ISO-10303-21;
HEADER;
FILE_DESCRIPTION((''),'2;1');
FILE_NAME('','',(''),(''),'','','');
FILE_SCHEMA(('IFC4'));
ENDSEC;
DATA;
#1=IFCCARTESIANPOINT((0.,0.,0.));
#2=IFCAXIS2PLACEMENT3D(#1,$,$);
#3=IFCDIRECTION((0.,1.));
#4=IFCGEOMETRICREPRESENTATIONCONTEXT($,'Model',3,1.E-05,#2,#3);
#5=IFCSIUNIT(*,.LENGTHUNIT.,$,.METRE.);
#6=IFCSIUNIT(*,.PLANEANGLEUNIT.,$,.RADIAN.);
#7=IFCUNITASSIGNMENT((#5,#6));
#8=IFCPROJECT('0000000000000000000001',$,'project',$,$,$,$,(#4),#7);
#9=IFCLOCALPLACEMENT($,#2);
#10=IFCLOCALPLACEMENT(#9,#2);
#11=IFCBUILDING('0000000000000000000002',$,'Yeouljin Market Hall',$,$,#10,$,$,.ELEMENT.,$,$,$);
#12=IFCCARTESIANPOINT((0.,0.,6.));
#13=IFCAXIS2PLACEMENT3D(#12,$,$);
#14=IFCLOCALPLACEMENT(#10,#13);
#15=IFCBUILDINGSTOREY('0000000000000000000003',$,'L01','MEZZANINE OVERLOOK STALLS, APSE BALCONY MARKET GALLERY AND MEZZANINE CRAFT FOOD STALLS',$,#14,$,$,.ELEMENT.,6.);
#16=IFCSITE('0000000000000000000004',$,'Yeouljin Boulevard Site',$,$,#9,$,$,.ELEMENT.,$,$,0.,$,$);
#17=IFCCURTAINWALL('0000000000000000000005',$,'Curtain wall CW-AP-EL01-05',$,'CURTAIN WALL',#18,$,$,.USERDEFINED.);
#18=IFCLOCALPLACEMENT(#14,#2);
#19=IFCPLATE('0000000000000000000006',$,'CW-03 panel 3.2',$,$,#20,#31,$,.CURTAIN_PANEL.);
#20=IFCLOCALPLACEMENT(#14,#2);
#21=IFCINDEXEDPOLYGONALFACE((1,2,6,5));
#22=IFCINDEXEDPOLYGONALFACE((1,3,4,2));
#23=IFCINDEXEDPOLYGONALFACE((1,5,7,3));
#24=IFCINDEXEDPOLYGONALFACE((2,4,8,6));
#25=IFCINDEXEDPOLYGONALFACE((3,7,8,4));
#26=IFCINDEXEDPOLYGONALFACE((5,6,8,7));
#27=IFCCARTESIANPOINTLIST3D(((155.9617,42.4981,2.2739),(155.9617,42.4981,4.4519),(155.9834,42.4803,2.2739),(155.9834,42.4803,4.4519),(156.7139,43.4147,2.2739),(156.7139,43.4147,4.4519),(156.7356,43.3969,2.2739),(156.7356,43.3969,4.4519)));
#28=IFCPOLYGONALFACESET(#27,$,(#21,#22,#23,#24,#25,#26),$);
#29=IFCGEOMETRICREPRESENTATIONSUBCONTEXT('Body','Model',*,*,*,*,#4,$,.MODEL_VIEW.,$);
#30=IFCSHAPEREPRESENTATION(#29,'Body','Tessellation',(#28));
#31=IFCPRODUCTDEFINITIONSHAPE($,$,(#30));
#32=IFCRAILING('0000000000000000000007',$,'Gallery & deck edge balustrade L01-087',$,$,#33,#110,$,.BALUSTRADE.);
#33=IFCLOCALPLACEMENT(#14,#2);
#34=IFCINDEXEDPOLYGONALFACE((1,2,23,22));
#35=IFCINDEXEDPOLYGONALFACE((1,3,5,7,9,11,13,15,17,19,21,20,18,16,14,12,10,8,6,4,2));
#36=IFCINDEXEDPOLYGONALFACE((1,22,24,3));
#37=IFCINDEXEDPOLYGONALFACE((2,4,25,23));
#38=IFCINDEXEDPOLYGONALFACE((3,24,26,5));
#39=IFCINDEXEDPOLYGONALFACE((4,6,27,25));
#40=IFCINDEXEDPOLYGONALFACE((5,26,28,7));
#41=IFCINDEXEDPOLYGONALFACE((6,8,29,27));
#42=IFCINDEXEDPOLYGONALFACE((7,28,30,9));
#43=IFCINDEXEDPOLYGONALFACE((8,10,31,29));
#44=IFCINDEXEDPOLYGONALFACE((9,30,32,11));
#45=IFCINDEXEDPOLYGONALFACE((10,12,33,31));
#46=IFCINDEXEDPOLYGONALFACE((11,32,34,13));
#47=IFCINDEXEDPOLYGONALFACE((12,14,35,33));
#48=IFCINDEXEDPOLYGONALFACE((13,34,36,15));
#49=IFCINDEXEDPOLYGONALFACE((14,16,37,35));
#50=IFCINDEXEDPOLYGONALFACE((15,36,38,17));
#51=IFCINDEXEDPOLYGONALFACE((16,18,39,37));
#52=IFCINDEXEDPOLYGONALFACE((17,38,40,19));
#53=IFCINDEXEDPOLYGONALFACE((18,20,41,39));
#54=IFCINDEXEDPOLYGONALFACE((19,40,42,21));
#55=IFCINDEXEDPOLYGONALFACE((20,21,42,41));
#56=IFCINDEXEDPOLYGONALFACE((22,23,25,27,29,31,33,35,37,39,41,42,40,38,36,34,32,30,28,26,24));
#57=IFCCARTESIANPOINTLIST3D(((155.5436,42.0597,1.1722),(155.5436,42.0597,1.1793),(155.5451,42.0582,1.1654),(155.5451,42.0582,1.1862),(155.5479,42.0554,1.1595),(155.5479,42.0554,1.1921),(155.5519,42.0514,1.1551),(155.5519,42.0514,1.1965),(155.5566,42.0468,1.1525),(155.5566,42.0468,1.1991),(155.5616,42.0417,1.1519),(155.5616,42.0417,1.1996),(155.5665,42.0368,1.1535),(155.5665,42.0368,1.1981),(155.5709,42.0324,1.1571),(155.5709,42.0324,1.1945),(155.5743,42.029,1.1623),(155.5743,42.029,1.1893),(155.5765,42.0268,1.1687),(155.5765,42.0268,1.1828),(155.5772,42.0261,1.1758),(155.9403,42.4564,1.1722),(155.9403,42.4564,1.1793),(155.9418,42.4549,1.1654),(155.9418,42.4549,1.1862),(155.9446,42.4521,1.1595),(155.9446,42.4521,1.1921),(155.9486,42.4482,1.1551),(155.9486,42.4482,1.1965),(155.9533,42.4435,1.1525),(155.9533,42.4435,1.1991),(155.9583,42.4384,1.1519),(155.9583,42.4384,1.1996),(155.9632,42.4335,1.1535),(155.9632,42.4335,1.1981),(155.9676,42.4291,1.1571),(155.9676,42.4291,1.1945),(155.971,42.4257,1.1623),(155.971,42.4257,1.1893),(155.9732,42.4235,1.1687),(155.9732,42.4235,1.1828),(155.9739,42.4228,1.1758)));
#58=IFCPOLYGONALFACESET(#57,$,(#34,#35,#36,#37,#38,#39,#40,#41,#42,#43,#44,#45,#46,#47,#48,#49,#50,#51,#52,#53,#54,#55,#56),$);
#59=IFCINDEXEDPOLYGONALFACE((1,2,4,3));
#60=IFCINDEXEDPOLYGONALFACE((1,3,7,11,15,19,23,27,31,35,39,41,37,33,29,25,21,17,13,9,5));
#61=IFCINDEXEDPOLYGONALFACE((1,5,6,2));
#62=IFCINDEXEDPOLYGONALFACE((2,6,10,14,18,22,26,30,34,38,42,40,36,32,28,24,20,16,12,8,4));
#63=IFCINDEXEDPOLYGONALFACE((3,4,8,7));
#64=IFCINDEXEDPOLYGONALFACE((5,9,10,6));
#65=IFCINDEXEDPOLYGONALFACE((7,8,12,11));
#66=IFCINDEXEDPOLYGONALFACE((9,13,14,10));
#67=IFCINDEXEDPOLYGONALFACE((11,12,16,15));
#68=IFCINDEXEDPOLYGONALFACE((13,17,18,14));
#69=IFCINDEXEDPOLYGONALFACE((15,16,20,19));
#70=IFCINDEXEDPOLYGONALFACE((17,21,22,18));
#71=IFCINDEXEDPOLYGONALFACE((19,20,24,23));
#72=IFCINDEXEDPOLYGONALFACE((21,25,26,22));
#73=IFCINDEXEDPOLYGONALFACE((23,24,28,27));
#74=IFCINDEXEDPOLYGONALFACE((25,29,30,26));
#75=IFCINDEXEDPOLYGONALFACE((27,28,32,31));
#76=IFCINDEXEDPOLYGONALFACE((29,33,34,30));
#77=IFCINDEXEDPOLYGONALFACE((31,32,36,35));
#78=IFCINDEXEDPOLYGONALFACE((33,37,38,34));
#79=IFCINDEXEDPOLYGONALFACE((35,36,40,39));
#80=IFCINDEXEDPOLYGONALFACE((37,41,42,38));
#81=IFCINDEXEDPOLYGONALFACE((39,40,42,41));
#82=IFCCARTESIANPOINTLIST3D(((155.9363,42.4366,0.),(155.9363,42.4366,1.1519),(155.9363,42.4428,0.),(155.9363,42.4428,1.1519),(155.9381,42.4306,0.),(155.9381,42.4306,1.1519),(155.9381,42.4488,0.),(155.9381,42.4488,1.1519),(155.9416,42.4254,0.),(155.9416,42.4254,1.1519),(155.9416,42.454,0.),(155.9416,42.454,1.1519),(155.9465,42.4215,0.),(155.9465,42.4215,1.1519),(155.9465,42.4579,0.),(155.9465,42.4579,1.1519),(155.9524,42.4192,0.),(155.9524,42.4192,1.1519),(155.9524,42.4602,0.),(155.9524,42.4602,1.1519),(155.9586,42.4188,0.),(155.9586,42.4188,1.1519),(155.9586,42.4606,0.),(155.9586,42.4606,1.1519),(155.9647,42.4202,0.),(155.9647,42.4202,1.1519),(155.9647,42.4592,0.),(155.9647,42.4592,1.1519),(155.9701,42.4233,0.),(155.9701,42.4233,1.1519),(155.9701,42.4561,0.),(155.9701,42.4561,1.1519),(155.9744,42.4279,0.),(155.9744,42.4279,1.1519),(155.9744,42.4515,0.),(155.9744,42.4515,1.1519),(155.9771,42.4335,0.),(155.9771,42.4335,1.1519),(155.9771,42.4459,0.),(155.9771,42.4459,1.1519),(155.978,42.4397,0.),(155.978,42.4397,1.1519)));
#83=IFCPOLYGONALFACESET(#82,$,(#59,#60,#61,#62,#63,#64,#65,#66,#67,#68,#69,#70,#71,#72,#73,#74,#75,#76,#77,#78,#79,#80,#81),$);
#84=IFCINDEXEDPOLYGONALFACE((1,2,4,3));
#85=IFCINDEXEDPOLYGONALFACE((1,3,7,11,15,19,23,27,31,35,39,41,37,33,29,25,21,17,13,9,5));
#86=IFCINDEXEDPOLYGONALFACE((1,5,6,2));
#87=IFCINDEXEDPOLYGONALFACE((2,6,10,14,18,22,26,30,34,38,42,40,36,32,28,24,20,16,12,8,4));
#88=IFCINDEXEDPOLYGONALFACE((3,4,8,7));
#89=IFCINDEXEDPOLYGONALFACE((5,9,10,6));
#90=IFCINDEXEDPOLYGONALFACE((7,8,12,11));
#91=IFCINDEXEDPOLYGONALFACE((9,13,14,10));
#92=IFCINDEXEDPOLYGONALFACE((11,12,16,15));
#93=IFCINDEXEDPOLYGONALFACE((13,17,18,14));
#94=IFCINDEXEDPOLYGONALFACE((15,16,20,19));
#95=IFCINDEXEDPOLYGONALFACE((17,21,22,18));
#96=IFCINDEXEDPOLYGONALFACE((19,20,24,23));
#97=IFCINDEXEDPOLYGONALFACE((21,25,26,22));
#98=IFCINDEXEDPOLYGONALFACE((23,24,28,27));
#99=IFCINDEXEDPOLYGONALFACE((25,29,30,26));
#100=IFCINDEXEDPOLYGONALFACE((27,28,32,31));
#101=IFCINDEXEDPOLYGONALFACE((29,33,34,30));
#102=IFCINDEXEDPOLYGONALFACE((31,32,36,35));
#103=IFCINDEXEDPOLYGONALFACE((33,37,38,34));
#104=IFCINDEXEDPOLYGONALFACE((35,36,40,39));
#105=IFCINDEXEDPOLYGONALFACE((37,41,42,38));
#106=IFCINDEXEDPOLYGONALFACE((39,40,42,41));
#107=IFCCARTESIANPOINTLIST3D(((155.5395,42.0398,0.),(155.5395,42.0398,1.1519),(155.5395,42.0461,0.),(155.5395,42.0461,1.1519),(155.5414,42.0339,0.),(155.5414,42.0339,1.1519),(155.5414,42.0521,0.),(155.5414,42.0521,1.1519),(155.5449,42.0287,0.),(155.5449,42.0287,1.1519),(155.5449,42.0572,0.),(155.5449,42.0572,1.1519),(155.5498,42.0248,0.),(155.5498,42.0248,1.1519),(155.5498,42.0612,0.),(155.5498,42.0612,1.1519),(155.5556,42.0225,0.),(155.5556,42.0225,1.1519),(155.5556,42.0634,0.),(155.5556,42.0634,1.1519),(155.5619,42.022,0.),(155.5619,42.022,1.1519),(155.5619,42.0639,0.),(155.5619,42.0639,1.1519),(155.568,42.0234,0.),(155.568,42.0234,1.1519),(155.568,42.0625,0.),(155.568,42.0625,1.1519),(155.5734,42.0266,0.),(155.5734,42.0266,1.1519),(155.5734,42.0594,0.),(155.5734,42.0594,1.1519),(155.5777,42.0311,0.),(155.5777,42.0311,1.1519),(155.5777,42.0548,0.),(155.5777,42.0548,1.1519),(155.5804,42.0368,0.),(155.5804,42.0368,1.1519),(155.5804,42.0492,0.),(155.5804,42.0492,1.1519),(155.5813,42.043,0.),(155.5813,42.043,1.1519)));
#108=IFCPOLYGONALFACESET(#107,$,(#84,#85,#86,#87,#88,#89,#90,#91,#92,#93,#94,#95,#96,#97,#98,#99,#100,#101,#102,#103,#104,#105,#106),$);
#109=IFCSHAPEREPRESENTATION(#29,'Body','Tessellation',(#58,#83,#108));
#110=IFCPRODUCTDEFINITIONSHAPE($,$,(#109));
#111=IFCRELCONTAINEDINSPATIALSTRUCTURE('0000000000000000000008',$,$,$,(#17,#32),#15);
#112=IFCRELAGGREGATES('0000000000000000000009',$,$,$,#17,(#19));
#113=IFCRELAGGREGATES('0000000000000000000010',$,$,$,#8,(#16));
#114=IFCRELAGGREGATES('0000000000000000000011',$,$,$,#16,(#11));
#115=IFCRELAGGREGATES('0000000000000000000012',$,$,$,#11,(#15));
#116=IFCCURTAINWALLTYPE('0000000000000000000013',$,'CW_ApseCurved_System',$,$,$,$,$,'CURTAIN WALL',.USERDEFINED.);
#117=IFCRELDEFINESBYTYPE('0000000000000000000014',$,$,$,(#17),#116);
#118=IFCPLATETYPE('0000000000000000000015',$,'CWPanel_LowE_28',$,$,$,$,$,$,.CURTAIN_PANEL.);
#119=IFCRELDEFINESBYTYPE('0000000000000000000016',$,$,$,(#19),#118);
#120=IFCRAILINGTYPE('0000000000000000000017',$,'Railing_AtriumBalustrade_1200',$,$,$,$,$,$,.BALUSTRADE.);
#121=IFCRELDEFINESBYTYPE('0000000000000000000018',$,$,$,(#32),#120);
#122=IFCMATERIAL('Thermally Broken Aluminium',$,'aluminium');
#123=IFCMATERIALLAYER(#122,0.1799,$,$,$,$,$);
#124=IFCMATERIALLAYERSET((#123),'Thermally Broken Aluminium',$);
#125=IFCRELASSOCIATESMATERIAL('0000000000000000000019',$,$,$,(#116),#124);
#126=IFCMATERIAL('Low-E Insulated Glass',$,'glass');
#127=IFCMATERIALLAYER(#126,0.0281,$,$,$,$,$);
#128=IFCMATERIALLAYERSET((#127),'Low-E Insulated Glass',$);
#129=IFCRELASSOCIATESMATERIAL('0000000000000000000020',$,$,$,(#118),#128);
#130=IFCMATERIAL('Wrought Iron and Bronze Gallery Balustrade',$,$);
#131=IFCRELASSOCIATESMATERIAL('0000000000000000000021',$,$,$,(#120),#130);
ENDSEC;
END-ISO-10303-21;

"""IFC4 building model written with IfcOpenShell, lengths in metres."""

from ifc_helpers import new_model, si_unit, direction, frame, origin, origin_2d, place, context, subcontext, project, spatial, rectangle, circle, extrude, material, layer, layer_set, type_object, element, aggregate, save


model = new_model("IFC4")

# Units and contexts
model_context = context("Model", 3, precision=1e-05, world=origin(), true_north=direction((0.0, 1.0)))
body_context = subcontext(model_context, "Body", "Model", "MODEL_VIEW")
ifc_project = project(units=[si_unit("LENGTHUNIT", "METRE"), si_unit("PLANEANGLEUNIT", "RADIAN")], contexts=[model_context])

# Site, building, storey
site_placement = place(None, origin())
site = spatial("IfcSite", under=ifc_project, at=site_placement, Name="Yeouljin Boulevard Site", CompositionType="ELEMENT", RefElevation=0.0)
building_placement = place(site_placement, origin())
building = spatial("IfcBuilding", under=site, at=building_placement, Name="Yeouljin Market Hall", CompositionType="ELEMENT")
storey_placement = place(building_placement, frame((0.0, 0.0, 6.0)))
storey = spatial("IfcBuildingStorey", under=building, at=storey_placement, Name="L01", Description="MEZZANINE OVERLOOK STALLS, APSE BALCONY MARKET GALLERY AND MEZZANINE CRAFT FOOD STALLS", CompositionType="ELEMENT", Elevation=6.0)

# Curtain wall
ifc_material_1 = material(Name="Thermally Broken Aluminium", Category="aluminium")
ifc_layer_1 = layer(ifc_material_1, 0.1799)
ifc_layer_set_1 = layer_set([ifc_layer_1], Name="Thermally Broken Aluminium")
curtain_wall_type = type_object("IfcCurtainWallType", Name="CW_ApseCurved_System", ElementType="CURTAIN WALL", PredefinedType="USERDEFINED", material=ifc_layer_set_1)
curtain_wall_1_placement = place(storey_placement, origin())
curtain_wall_1 = element("IfcCurtainWall", 1, at=curtain_wall_1_placement, inside=storey, type_object=curtain_wall_type, Name="Curtain wall CW-AP-EL01-05", ObjectType="CURTAIN WALL", PredefinedType="USERDEFINED")

# Plate
ifc_material_2 = material(Name="Low-E Insulated Glass", Category="glass")
ifc_layer_2 = layer(ifc_material_2, 0.0281)
ifc_layer_set_2 = layer_set([ifc_layer_2], Name="Low-E Insulated Glass")
plate_type = type_object("IfcPlateType", Name="CWPanel_LowE_28", PredefinedType="CURTAIN_PANEL", material=ifc_layer_set_2)
plate_1_placement = place(storey_placement, frame((156.3486, 42.9475, 2.2739), z_axis=(0.0, 0.0, 1.0), x_axis=(-0.634384, -0.773018, 0.0)))
plate_1 = element("IfcPlate", 2, at=plate_1_placement, type_object=plate_type, Name="CW-03 panel 3.2", PredefinedType="CURTAIN_PANEL", context=body_context, shape_type="SweptSolid", body=[
    extrude(rectangle(XDim=1.1858, YDim=0.0281, at=origin_2d()), origin(), (0.0, 0.0, 1.0), 2.178),
])
aggregate(curtain_wall_1, [plate_1])

# Railing
ifc_material_3 = material(Name="Wrought Iron and Bronze Gallery Balustrade")
railing_type = type_object("IfcRailingType", Name="Railing_AtriumBalustrade_1200", PredefinedType="BALUSTRADE", material=ifc_material_3)
railing_1_placement = place(storey_placement, frame((155.957, 42.4397, 0.0)))
element("IfcRailing", 3, at=railing_1_placement, inside=storey, type_object=railing_type, Name="Gallery & deck edge balustrade L01-087", PredefinedType="BALUSTRADE", context=body_context, shape_type="SweptSolid", body=[
    extrude(circle(Radius=0.0239, at=origin_2d()), frame((0.0, 0.0, 1.1758), z_axis=(-0.707107, -0.707107, 0.0), x_axis=(0.707107, -0.707107, 0.0)), (0.0, 0.0, 1.0), 0.561),
    extrude(circle(Radius=0.021, at=origin_2d()), origin(), (0.0, 0.0, 1.0), 1.1519),
    extrude(circle(Radius=0.021, at=origin_2d()), frame((-0.3967, -0.3967, 0.0)), (0.0, 0.0, 1.0), 1.1519),
])

save(model, "model.ifc")
